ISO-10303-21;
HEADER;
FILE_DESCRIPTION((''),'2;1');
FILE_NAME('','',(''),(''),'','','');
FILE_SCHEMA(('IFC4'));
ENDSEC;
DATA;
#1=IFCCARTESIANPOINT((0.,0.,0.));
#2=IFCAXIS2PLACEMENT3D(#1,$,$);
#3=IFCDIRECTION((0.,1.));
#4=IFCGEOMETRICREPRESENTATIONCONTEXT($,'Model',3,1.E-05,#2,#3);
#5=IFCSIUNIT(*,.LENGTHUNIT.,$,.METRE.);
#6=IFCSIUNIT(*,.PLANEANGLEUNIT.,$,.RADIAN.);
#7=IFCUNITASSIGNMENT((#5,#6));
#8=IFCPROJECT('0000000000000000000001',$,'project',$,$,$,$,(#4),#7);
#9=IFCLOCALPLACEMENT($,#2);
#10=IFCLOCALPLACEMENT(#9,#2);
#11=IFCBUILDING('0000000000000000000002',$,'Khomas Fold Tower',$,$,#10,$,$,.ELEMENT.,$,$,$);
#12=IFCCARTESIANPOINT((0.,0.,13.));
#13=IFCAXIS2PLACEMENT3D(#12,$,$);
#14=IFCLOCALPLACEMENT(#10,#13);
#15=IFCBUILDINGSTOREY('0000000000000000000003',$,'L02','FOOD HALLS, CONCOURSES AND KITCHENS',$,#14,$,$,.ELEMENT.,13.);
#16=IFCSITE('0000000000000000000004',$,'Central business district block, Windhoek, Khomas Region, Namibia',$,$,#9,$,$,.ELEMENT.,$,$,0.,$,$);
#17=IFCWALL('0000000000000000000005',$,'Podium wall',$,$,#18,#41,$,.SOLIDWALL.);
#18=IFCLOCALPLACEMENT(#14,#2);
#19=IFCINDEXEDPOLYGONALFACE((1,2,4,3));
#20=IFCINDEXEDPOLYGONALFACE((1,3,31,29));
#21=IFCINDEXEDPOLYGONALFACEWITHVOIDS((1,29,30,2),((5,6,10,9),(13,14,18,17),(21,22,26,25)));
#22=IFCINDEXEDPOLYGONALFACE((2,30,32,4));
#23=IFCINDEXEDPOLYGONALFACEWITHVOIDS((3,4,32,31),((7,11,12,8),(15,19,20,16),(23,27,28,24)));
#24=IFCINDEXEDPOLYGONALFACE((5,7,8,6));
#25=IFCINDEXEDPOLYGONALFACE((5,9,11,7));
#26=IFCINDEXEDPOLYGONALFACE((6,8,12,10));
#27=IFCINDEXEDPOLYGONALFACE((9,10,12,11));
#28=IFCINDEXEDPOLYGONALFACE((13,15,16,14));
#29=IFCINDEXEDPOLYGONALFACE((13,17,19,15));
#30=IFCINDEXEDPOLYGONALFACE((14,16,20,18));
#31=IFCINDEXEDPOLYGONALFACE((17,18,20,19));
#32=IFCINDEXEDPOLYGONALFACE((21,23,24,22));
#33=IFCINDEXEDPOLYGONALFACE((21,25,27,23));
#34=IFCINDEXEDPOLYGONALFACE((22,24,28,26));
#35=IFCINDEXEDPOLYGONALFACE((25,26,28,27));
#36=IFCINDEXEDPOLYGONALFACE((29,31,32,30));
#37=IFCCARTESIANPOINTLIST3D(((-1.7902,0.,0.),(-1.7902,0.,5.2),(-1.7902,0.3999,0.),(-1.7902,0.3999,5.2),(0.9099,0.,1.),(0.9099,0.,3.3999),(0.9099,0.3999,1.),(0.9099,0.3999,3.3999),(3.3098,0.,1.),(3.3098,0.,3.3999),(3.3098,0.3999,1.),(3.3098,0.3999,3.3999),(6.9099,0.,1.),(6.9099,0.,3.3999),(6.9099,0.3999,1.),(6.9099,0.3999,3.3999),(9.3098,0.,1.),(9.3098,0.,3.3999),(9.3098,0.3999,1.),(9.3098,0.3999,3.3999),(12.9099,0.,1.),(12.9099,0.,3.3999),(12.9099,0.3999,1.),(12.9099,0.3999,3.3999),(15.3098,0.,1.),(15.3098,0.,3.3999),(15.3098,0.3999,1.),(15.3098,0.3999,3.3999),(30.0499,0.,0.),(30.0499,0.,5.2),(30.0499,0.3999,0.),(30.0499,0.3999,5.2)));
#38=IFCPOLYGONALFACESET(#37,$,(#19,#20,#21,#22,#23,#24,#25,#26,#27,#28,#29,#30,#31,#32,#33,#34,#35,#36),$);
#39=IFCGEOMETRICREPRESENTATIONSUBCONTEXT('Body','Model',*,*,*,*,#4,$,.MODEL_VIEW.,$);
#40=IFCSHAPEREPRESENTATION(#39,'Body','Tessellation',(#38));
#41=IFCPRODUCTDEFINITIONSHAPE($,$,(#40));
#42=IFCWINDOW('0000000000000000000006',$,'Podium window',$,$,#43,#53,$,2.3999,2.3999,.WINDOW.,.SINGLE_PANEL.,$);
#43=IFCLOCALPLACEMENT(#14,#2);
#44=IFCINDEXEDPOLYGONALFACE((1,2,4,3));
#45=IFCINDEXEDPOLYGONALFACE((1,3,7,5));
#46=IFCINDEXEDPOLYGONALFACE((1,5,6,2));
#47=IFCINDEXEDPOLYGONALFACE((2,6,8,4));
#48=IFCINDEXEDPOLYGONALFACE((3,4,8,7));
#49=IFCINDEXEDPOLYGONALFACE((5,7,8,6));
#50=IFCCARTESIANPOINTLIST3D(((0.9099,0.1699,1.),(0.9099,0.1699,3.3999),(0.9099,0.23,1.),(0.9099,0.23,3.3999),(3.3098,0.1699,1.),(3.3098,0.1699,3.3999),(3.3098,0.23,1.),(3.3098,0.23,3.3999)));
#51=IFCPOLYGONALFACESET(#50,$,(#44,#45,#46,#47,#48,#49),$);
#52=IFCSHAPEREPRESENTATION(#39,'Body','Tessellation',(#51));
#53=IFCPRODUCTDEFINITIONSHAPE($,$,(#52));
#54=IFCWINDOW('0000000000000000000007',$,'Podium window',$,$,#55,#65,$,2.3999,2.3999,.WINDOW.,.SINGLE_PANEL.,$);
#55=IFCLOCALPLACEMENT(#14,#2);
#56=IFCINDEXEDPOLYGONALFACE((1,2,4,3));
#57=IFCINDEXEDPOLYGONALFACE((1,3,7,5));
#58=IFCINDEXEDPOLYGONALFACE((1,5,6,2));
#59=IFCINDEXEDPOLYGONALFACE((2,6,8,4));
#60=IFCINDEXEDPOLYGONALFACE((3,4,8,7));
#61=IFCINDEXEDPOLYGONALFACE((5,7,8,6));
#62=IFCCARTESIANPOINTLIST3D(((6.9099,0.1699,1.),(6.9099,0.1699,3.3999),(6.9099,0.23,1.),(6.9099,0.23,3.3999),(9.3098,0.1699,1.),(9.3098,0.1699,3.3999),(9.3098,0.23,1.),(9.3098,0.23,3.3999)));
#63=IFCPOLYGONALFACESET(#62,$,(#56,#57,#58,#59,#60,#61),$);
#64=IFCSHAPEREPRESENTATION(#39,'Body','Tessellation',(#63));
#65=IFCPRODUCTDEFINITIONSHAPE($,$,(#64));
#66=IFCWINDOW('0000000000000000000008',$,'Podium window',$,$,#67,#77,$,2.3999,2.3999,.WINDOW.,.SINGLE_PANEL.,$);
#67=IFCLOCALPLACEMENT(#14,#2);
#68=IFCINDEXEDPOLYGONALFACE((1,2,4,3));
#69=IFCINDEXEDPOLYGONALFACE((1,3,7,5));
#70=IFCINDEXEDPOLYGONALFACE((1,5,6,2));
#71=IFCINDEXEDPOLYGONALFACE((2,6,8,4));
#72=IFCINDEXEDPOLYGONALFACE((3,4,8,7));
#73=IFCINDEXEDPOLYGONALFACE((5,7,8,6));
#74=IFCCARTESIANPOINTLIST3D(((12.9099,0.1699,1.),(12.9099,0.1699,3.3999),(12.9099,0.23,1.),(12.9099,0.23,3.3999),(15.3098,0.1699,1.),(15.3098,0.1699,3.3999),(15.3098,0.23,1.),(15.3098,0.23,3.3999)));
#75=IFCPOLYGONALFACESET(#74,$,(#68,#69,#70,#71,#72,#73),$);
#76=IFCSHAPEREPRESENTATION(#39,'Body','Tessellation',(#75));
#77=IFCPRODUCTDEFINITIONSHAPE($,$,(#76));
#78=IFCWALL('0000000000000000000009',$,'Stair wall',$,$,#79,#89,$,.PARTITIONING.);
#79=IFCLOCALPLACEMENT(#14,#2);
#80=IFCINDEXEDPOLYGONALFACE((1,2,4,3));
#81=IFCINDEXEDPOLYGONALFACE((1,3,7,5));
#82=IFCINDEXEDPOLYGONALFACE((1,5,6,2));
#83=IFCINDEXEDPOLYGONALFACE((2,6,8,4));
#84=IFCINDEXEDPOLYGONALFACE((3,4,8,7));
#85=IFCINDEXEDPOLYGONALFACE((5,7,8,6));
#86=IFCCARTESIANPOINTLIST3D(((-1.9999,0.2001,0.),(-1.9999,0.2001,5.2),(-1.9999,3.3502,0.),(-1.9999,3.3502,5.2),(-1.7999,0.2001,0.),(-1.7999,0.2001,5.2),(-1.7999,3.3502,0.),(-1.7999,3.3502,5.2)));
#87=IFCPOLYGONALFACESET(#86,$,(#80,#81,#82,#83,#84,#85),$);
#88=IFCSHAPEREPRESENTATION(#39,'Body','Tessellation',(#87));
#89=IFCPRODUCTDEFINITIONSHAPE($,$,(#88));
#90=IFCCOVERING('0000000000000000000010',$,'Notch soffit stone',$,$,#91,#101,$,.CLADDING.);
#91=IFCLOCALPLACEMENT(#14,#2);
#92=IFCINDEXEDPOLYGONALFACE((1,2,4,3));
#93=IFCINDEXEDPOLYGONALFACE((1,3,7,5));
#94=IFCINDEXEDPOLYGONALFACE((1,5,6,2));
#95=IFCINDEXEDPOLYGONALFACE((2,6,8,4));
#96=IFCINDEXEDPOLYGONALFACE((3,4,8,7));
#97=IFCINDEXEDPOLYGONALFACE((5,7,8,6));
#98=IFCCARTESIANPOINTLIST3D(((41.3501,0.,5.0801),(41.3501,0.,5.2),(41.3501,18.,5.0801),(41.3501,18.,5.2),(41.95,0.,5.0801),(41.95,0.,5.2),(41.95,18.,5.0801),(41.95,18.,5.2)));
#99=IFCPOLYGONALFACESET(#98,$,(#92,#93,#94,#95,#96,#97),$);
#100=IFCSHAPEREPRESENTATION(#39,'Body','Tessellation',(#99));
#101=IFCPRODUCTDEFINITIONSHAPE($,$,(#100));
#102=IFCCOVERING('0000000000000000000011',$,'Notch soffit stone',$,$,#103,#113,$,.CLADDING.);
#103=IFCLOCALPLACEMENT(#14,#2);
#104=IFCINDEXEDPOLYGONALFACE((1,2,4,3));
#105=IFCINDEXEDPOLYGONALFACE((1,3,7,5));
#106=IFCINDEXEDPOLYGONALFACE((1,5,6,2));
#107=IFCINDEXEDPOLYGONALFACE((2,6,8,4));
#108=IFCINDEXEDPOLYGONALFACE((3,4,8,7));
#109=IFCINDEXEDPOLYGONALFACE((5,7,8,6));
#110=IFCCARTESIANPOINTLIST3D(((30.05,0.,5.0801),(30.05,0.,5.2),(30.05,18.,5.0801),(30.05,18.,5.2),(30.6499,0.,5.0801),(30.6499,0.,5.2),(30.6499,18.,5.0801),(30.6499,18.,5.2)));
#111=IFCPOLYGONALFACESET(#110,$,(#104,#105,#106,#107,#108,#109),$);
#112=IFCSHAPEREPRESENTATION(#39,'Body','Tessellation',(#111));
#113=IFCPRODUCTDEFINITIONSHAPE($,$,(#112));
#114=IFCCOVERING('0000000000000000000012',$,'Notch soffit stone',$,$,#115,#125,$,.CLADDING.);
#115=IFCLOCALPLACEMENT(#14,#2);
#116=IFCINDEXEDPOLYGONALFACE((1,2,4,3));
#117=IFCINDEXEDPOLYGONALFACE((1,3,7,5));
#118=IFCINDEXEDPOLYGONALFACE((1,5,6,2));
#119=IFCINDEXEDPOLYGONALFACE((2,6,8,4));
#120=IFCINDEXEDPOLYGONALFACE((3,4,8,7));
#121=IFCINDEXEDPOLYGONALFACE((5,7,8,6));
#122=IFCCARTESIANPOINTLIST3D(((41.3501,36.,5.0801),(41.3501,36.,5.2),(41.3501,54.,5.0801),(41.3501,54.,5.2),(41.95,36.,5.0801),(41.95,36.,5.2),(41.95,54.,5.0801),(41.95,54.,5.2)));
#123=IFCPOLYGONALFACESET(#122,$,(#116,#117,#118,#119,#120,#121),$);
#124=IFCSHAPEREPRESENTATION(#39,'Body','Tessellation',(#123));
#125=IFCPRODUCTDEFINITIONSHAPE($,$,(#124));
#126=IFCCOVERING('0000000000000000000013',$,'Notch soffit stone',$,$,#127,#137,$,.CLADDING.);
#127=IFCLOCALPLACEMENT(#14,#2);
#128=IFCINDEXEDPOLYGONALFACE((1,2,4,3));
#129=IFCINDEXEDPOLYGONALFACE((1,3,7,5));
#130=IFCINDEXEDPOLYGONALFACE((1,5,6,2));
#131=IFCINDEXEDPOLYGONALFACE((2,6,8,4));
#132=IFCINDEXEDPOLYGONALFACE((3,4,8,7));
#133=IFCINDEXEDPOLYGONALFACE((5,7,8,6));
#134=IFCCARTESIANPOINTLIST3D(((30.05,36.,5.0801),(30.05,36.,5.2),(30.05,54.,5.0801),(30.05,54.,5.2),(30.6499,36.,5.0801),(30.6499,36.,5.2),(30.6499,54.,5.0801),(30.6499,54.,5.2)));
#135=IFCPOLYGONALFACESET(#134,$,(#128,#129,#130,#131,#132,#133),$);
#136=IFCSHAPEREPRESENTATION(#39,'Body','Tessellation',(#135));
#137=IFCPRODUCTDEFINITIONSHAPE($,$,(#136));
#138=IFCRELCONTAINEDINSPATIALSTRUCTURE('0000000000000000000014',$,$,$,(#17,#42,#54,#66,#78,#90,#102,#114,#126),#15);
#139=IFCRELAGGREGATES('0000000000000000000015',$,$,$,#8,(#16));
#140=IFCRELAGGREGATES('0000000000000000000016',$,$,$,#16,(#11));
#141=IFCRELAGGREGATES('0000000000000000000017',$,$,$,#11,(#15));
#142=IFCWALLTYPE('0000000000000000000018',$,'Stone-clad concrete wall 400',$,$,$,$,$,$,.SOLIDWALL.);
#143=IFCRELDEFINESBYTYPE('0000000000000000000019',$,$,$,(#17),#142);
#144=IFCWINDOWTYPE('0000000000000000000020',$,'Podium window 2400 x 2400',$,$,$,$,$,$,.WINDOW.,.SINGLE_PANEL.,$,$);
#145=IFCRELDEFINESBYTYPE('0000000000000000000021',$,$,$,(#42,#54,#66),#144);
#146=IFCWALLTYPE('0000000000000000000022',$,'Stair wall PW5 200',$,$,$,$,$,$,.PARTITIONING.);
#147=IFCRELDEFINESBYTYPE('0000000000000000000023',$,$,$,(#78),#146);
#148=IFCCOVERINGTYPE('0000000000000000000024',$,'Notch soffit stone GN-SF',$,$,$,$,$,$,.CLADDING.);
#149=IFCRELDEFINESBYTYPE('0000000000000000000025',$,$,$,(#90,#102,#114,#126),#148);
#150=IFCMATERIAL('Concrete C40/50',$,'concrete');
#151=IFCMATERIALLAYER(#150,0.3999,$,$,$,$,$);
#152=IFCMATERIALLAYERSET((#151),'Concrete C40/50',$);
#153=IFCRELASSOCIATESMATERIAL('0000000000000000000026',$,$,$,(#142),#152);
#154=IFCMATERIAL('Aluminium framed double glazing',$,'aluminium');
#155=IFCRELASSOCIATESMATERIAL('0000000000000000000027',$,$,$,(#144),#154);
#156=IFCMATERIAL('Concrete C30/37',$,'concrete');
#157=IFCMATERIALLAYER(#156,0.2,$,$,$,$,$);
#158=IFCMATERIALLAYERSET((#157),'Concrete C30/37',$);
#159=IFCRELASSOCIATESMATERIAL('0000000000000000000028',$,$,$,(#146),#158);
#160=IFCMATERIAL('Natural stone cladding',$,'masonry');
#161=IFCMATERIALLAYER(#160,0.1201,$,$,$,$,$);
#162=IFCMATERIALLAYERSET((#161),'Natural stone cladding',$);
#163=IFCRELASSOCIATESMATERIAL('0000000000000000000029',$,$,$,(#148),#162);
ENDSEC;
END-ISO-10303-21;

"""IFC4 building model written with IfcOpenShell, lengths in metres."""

from ifc_helpers import new_model, si_unit, direction, frame, frame_2d, origin, place, context, subcontext, project, spatial, polyline, rectangle, outline, extrude, source, transform, mapped, material, layer, layer_set, type_object, element, fill, save


model = new_model("IFC4")

# Units and contexts
model_context = context("Model", 3, precision=1e-05, world=origin(), true_north=direction((0.0, 1.0)))
body_context = subcontext(model_context, "Body", "Model", "MODEL_VIEW")
ifc_project = project(units=[si_unit("LENGTHUNIT", "METRE"), si_unit("PLANEANGLEUNIT", "RADIAN")], contexts=[model_context])

# Site, building, storey
site_placement = place(None, origin())
site = spatial("IfcSite", under=ifc_project, at=site_placement, Name="Central business district block, Windhoek, Khomas Region, Namibia", CompositionType="ELEMENT", RefElevation=0.0)
building_placement = place(site_placement, origin())
building = spatial("IfcBuilding", under=site, at=building_placement, Name="Khomas Fold Tower", CompositionType="ELEMENT")
storey_placement = place(building_placement, frame((0.0, 0.0, 13.0)))
storey = spatial("IfcBuildingStorey", under=building, at=storey_placement, Name="L02", Description="FOOD HALLS, CONCOURSES AND KITCHENS", CompositionType="ELEMENT", Elevation=13.0)

# Wall, openings, windows
ifc_material_1 = material(Name="Concrete C40/50", Category="concrete")
ifc_layer_1 = layer(ifc_material_1, 0.3999)
ifc_layer_set_1 = layer_set([ifc_layer_1], Name="Concrete C40/50")
wall_type_1 = type_object("IfcWallType", Name="Stone-clad concrete wall 400", PredefinedType="SOLIDWALL", material=ifc_layer_set_1)
shared_shape_1 = source(origin(), body_context, "Body", "SweptSolid", [
    extrude(rectangle(XDim=31.8401, YDim=0.3999, at=frame_2d((15.9199, 0.0))), origin(), (0.0, 0.0, 1.0), 5.2),
])
wall_1_placement = place(storey_placement, frame((-1.79, 0.2, 0.0), z_axis=(0.0, 0.0, 1.0), x_axis=(1.0, 0.0, 0.0)))
wall_1 = element("IfcWall", 1, at=wall_1_placement, inside=storey, type_object=wall_type_1, Name="Podium wall", PredefinedType="SOLIDWALL", context=body_context, shape_type="MappedRepresentation", body=[
    mapped(shared_shape_1, transform((0.0, 0.0, 0.0))),
])
shared_shape_2 = source(origin(), body_context, "Body", "SweptSolid", [
    extrude(rectangle(XDim=2.3999, YDim=2.3999, at=frame_2d((1.2, 1.2))), frame((0.0, 0.21, 0.0), z_axis=(0.0, -1.0, 0.0), x_axis=(1.0, 0.0, 0.0)), (0.0, 0.0, 1.0), 0.4199),
])
opening_1_placement = place(wall_1_placement, frame((2.7, 0.0, 1.0)))
opening_1 = element("IfcOpeningElement", 2, at=opening_1_placement, cuts=wall_1, PredefinedType="OPENING", context=body_context, shape_type="MappedRepresentation", body=[
    mapped(shared_shape_2, transform((0.0, 0.0, 0.0))),
])
opening_2_placement = place(wall_1_placement, frame((8.7, 0.0, 1.0)))
opening_2 = element("IfcOpeningElement", 3, at=opening_2_placement, cuts=wall_1, PredefinedType="OPENING", context=body_context, shape_type="MappedRepresentation", body=[
    mapped(shared_shape_2, transform((0.0, 0.0, 0.0))),
])
opening_3_placement = place(wall_1_placement, frame((14.7, 0.0, 1.0)))
opening_3 = element("IfcOpeningElement", 4, at=opening_3_placement, cuts=wall_1, PredefinedType="OPENING", context=body_context, shape_type="MappedRepresentation", body=[
    mapped(shared_shape_2, transform((0.0, 0.0, 0.0))),
])
ifc_material_2 = material(Name="Aluminium framed double glazing", Category="aluminium")
window_type = type_object("IfcWindowType", Name="Podium window 2400 x 2400", PartitioningType="SINGLE_PANEL", PredefinedType="WINDOW", material=ifc_material_2)
shared_shape_3 = source(origin(), body_context, "Body", "SweptSolid", [
    extrude(rectangle(XDim=2.3999, YDim=2.3999, at=frame_2d((1.2, 1.2))), frame((0.0, 0.03, 0.0), z_axis=(0.0, -1.0, 0.0), x_axis=(1.0, 0.0, 0.0)), (0.0, 0.0, 1.0), 0.0601),
])
window_1_placement = place(opening_1_placement, origin())
window_1 = element("IfcWindow", 5, at=window_1_placement, inside=storey, type_object=window_type, Name="Podium window", OverallHeight=2.3999, OverallWidth=2.3999, PartitioningType="SINGLE_PANEL", PredefinedType="WINDOW", context=body_context, shape_type="MappedRepresentation", body=[
    mapped(shared_shape_3, transform((0.0, 0.0, 0.0))),
])
fill(opening_1, window_1)
window_2_placement = place(opening_2_placement, origin())
window_2 = element("IfcWindow", 6, at=window_2_placement, inside=storey, type_object=window_type, Name="Podium window", OverallHeight=2.3999, OverallWidth=2.3999, PartitioningType="SINGLE_PANEL", PredefinedType="WINDOW", context=body_context, shape_type="MappedRepresentation", body=[
    mapped(shared_shape_3, transform((0.0, 0.0, 0.0))),
])
fill(opening_2, window_2)
window_3_placement = place(opening_3_placement, origin())
window_3 = element("IfcWindow", 7, at=window_3_placement, inside=storey, type_object=window_type, Name="Podium window", OverallHeight=2.3999, OverallWidth=2.3999, PartitioningType="SINGLE_PANEL", PredefinedType="WINDOW", context=body_context, shape_type="MappedRepresentation", body=[
    mapped(shared_shape_3, transform((0.0, 0.0, 0.0))),
])
fill(opening_3, window_3)

# Wall
ifc_material_3 = material(Name="Concrete C30/37", Category="concrete")
ifc_layer_2 = layer(ifc_material_3, 0.2)
ifc_layer_set_2 = layer_set([ifc_layer_2], Name="Concrete C30/37")
wall_type_2 = type_object("IfcWallType", Name="Stair wall PW5 200", PredefinedType="PARTITIONING", material=ifc_layer_set_2)
shared_shape_4 = source(origin(), body_context, "Body", "SweptSolid", [
    extrude(rectangle(XDim=3.1501, YDim=0.2, at=frame_2d((1.5752, 0.0))), origin(), (0.0, 0.0, 1.0), 5.2),
])
wall_2_placement = place(storey_placement, frame((-1.8999, 0.2, 0.0), z_axis=(0.0, 0.0, 1.0), x_axis=(0.0, 1.0, 0.0)))
element("IfcWall", 8, at=wall_2_placement, inside=storey, type_object=wall_type_2, Name="Stair wall", PredefinedType="PARTITIONING", context=body_context, shape_type="MappedRepresentation", body=[
    mapped(shared_shape_4, transform((0.0, 0.0, 0.0))),
])

# Coverings
ifc_material_4 = material(Name="Natural stone cladding", Category="masonry")
ifc_layer_3 = layer(ifc_material_4, 0.1201)
ifc_layer_set_3 = layer_set([ifc_layer_3], Name="Natural stone cladding")
covering_type = type_object("IfcCoveringType", Name="Notch soffit stone GN-SF", PredefinedType="CLADDING", material=ifc_layer_set_3)
shared_shape_5 = source(origin(), body_context, "Body", "SweptSolid", [
    extrude(outline(polyline([(41.3501, 18.0), (41.3501, 0.0), (41.95, 0.0), (41.95, 18.0), (41.3501, 18.0)])), origin(), (0.0, 0.0, 1.0), 0.1199),
])
covering_1_placement = place(storey_placement, frame((0.0, 0.0, 5.0801)))
element("IfcCovering", 9, at=covering_1_placement, inside=storey, type_object=covering_type, Name="Notch soffit stone", PredefinedType="CLADDING", context=body_context, shape_type="MappedRepresentation", body=[
    mapped(shared_shape_5, transform((0.0, 0.0, 0.0))),
])
shared_shape_6 = source(origin(), body_context, "Body", "SweptSolid", [
    extrude(outline(polyline([(30.6499, 0.0), (30.6499, 18.0), (30.05, 18.0), (30.05, 0.0), (30.6499, 0.0)])), origin(), (0.0, 0.0, 1.0), 0.1199),
])
covering_2_placement = place(storey_placement, frame((0.0, 0.0, 5.0801)))
element("IfcCovering", 10, at=covering_2_placement, inside=storey, type_object=covering_type, Name="Notch soffit stone", PredefinedType="CLADDING", context=body_context, shape_type="MappedRepresentation", body=[
    mapped(shared_shape_6, transform((0.0, 0.0, 0.0))),
])
shared_shape_7 = source(origin(), body_context, "Body", "SweptSolid", [
    extrude(outline(polyline([(41.3501, 54.0), (41.3501, 36.0), (41.95, 36.0), (41.95, 54.0), (41.3501, 54.0)])), origin(), (0.0, 0.0, 1.0), 0.1199),
])
covering_3_placement = place(storey_placement, frame((0.0, 0.0, 5.0801)))
element("IfcCovering", 11, at=covering_3_placement, inside=storey, type_object=covering_type, Name="Notch soffit stone", PredefinedType="CLADDING", context=body_context, shape_type="MappedRepresentation", body=[
    mapped(shared_shape_7, transform((0.0, 0.0, 0.0))),
])
shared_shape_8 = source(origin(), body_context, "Body", "SweptSolid", [
    extrude(outline(polyline([(30.6499, 36.0), (30.6499, 54.0), (30.05, 54.0), (30.05, 36.0), (30.6499, 36.0)])), origin(), (0.0, 0.0, 1.0), 0.1199),
])
covering_4_placement = place(storey_placement, frame((0.0, 0.0, 5.0801)))
element("IfcCovering", 12, at=covering_4_placement, inside=storey, type_object=covering_type, Name="Notch soffit stone", PredefinedType="CLADDING", context=body_context, shape_type="MappedRepresentation", body=[
    mapped(shared_shape_8, transform((0.0, 0.0, 0.0))),
])

save(model, "model.ifc")
